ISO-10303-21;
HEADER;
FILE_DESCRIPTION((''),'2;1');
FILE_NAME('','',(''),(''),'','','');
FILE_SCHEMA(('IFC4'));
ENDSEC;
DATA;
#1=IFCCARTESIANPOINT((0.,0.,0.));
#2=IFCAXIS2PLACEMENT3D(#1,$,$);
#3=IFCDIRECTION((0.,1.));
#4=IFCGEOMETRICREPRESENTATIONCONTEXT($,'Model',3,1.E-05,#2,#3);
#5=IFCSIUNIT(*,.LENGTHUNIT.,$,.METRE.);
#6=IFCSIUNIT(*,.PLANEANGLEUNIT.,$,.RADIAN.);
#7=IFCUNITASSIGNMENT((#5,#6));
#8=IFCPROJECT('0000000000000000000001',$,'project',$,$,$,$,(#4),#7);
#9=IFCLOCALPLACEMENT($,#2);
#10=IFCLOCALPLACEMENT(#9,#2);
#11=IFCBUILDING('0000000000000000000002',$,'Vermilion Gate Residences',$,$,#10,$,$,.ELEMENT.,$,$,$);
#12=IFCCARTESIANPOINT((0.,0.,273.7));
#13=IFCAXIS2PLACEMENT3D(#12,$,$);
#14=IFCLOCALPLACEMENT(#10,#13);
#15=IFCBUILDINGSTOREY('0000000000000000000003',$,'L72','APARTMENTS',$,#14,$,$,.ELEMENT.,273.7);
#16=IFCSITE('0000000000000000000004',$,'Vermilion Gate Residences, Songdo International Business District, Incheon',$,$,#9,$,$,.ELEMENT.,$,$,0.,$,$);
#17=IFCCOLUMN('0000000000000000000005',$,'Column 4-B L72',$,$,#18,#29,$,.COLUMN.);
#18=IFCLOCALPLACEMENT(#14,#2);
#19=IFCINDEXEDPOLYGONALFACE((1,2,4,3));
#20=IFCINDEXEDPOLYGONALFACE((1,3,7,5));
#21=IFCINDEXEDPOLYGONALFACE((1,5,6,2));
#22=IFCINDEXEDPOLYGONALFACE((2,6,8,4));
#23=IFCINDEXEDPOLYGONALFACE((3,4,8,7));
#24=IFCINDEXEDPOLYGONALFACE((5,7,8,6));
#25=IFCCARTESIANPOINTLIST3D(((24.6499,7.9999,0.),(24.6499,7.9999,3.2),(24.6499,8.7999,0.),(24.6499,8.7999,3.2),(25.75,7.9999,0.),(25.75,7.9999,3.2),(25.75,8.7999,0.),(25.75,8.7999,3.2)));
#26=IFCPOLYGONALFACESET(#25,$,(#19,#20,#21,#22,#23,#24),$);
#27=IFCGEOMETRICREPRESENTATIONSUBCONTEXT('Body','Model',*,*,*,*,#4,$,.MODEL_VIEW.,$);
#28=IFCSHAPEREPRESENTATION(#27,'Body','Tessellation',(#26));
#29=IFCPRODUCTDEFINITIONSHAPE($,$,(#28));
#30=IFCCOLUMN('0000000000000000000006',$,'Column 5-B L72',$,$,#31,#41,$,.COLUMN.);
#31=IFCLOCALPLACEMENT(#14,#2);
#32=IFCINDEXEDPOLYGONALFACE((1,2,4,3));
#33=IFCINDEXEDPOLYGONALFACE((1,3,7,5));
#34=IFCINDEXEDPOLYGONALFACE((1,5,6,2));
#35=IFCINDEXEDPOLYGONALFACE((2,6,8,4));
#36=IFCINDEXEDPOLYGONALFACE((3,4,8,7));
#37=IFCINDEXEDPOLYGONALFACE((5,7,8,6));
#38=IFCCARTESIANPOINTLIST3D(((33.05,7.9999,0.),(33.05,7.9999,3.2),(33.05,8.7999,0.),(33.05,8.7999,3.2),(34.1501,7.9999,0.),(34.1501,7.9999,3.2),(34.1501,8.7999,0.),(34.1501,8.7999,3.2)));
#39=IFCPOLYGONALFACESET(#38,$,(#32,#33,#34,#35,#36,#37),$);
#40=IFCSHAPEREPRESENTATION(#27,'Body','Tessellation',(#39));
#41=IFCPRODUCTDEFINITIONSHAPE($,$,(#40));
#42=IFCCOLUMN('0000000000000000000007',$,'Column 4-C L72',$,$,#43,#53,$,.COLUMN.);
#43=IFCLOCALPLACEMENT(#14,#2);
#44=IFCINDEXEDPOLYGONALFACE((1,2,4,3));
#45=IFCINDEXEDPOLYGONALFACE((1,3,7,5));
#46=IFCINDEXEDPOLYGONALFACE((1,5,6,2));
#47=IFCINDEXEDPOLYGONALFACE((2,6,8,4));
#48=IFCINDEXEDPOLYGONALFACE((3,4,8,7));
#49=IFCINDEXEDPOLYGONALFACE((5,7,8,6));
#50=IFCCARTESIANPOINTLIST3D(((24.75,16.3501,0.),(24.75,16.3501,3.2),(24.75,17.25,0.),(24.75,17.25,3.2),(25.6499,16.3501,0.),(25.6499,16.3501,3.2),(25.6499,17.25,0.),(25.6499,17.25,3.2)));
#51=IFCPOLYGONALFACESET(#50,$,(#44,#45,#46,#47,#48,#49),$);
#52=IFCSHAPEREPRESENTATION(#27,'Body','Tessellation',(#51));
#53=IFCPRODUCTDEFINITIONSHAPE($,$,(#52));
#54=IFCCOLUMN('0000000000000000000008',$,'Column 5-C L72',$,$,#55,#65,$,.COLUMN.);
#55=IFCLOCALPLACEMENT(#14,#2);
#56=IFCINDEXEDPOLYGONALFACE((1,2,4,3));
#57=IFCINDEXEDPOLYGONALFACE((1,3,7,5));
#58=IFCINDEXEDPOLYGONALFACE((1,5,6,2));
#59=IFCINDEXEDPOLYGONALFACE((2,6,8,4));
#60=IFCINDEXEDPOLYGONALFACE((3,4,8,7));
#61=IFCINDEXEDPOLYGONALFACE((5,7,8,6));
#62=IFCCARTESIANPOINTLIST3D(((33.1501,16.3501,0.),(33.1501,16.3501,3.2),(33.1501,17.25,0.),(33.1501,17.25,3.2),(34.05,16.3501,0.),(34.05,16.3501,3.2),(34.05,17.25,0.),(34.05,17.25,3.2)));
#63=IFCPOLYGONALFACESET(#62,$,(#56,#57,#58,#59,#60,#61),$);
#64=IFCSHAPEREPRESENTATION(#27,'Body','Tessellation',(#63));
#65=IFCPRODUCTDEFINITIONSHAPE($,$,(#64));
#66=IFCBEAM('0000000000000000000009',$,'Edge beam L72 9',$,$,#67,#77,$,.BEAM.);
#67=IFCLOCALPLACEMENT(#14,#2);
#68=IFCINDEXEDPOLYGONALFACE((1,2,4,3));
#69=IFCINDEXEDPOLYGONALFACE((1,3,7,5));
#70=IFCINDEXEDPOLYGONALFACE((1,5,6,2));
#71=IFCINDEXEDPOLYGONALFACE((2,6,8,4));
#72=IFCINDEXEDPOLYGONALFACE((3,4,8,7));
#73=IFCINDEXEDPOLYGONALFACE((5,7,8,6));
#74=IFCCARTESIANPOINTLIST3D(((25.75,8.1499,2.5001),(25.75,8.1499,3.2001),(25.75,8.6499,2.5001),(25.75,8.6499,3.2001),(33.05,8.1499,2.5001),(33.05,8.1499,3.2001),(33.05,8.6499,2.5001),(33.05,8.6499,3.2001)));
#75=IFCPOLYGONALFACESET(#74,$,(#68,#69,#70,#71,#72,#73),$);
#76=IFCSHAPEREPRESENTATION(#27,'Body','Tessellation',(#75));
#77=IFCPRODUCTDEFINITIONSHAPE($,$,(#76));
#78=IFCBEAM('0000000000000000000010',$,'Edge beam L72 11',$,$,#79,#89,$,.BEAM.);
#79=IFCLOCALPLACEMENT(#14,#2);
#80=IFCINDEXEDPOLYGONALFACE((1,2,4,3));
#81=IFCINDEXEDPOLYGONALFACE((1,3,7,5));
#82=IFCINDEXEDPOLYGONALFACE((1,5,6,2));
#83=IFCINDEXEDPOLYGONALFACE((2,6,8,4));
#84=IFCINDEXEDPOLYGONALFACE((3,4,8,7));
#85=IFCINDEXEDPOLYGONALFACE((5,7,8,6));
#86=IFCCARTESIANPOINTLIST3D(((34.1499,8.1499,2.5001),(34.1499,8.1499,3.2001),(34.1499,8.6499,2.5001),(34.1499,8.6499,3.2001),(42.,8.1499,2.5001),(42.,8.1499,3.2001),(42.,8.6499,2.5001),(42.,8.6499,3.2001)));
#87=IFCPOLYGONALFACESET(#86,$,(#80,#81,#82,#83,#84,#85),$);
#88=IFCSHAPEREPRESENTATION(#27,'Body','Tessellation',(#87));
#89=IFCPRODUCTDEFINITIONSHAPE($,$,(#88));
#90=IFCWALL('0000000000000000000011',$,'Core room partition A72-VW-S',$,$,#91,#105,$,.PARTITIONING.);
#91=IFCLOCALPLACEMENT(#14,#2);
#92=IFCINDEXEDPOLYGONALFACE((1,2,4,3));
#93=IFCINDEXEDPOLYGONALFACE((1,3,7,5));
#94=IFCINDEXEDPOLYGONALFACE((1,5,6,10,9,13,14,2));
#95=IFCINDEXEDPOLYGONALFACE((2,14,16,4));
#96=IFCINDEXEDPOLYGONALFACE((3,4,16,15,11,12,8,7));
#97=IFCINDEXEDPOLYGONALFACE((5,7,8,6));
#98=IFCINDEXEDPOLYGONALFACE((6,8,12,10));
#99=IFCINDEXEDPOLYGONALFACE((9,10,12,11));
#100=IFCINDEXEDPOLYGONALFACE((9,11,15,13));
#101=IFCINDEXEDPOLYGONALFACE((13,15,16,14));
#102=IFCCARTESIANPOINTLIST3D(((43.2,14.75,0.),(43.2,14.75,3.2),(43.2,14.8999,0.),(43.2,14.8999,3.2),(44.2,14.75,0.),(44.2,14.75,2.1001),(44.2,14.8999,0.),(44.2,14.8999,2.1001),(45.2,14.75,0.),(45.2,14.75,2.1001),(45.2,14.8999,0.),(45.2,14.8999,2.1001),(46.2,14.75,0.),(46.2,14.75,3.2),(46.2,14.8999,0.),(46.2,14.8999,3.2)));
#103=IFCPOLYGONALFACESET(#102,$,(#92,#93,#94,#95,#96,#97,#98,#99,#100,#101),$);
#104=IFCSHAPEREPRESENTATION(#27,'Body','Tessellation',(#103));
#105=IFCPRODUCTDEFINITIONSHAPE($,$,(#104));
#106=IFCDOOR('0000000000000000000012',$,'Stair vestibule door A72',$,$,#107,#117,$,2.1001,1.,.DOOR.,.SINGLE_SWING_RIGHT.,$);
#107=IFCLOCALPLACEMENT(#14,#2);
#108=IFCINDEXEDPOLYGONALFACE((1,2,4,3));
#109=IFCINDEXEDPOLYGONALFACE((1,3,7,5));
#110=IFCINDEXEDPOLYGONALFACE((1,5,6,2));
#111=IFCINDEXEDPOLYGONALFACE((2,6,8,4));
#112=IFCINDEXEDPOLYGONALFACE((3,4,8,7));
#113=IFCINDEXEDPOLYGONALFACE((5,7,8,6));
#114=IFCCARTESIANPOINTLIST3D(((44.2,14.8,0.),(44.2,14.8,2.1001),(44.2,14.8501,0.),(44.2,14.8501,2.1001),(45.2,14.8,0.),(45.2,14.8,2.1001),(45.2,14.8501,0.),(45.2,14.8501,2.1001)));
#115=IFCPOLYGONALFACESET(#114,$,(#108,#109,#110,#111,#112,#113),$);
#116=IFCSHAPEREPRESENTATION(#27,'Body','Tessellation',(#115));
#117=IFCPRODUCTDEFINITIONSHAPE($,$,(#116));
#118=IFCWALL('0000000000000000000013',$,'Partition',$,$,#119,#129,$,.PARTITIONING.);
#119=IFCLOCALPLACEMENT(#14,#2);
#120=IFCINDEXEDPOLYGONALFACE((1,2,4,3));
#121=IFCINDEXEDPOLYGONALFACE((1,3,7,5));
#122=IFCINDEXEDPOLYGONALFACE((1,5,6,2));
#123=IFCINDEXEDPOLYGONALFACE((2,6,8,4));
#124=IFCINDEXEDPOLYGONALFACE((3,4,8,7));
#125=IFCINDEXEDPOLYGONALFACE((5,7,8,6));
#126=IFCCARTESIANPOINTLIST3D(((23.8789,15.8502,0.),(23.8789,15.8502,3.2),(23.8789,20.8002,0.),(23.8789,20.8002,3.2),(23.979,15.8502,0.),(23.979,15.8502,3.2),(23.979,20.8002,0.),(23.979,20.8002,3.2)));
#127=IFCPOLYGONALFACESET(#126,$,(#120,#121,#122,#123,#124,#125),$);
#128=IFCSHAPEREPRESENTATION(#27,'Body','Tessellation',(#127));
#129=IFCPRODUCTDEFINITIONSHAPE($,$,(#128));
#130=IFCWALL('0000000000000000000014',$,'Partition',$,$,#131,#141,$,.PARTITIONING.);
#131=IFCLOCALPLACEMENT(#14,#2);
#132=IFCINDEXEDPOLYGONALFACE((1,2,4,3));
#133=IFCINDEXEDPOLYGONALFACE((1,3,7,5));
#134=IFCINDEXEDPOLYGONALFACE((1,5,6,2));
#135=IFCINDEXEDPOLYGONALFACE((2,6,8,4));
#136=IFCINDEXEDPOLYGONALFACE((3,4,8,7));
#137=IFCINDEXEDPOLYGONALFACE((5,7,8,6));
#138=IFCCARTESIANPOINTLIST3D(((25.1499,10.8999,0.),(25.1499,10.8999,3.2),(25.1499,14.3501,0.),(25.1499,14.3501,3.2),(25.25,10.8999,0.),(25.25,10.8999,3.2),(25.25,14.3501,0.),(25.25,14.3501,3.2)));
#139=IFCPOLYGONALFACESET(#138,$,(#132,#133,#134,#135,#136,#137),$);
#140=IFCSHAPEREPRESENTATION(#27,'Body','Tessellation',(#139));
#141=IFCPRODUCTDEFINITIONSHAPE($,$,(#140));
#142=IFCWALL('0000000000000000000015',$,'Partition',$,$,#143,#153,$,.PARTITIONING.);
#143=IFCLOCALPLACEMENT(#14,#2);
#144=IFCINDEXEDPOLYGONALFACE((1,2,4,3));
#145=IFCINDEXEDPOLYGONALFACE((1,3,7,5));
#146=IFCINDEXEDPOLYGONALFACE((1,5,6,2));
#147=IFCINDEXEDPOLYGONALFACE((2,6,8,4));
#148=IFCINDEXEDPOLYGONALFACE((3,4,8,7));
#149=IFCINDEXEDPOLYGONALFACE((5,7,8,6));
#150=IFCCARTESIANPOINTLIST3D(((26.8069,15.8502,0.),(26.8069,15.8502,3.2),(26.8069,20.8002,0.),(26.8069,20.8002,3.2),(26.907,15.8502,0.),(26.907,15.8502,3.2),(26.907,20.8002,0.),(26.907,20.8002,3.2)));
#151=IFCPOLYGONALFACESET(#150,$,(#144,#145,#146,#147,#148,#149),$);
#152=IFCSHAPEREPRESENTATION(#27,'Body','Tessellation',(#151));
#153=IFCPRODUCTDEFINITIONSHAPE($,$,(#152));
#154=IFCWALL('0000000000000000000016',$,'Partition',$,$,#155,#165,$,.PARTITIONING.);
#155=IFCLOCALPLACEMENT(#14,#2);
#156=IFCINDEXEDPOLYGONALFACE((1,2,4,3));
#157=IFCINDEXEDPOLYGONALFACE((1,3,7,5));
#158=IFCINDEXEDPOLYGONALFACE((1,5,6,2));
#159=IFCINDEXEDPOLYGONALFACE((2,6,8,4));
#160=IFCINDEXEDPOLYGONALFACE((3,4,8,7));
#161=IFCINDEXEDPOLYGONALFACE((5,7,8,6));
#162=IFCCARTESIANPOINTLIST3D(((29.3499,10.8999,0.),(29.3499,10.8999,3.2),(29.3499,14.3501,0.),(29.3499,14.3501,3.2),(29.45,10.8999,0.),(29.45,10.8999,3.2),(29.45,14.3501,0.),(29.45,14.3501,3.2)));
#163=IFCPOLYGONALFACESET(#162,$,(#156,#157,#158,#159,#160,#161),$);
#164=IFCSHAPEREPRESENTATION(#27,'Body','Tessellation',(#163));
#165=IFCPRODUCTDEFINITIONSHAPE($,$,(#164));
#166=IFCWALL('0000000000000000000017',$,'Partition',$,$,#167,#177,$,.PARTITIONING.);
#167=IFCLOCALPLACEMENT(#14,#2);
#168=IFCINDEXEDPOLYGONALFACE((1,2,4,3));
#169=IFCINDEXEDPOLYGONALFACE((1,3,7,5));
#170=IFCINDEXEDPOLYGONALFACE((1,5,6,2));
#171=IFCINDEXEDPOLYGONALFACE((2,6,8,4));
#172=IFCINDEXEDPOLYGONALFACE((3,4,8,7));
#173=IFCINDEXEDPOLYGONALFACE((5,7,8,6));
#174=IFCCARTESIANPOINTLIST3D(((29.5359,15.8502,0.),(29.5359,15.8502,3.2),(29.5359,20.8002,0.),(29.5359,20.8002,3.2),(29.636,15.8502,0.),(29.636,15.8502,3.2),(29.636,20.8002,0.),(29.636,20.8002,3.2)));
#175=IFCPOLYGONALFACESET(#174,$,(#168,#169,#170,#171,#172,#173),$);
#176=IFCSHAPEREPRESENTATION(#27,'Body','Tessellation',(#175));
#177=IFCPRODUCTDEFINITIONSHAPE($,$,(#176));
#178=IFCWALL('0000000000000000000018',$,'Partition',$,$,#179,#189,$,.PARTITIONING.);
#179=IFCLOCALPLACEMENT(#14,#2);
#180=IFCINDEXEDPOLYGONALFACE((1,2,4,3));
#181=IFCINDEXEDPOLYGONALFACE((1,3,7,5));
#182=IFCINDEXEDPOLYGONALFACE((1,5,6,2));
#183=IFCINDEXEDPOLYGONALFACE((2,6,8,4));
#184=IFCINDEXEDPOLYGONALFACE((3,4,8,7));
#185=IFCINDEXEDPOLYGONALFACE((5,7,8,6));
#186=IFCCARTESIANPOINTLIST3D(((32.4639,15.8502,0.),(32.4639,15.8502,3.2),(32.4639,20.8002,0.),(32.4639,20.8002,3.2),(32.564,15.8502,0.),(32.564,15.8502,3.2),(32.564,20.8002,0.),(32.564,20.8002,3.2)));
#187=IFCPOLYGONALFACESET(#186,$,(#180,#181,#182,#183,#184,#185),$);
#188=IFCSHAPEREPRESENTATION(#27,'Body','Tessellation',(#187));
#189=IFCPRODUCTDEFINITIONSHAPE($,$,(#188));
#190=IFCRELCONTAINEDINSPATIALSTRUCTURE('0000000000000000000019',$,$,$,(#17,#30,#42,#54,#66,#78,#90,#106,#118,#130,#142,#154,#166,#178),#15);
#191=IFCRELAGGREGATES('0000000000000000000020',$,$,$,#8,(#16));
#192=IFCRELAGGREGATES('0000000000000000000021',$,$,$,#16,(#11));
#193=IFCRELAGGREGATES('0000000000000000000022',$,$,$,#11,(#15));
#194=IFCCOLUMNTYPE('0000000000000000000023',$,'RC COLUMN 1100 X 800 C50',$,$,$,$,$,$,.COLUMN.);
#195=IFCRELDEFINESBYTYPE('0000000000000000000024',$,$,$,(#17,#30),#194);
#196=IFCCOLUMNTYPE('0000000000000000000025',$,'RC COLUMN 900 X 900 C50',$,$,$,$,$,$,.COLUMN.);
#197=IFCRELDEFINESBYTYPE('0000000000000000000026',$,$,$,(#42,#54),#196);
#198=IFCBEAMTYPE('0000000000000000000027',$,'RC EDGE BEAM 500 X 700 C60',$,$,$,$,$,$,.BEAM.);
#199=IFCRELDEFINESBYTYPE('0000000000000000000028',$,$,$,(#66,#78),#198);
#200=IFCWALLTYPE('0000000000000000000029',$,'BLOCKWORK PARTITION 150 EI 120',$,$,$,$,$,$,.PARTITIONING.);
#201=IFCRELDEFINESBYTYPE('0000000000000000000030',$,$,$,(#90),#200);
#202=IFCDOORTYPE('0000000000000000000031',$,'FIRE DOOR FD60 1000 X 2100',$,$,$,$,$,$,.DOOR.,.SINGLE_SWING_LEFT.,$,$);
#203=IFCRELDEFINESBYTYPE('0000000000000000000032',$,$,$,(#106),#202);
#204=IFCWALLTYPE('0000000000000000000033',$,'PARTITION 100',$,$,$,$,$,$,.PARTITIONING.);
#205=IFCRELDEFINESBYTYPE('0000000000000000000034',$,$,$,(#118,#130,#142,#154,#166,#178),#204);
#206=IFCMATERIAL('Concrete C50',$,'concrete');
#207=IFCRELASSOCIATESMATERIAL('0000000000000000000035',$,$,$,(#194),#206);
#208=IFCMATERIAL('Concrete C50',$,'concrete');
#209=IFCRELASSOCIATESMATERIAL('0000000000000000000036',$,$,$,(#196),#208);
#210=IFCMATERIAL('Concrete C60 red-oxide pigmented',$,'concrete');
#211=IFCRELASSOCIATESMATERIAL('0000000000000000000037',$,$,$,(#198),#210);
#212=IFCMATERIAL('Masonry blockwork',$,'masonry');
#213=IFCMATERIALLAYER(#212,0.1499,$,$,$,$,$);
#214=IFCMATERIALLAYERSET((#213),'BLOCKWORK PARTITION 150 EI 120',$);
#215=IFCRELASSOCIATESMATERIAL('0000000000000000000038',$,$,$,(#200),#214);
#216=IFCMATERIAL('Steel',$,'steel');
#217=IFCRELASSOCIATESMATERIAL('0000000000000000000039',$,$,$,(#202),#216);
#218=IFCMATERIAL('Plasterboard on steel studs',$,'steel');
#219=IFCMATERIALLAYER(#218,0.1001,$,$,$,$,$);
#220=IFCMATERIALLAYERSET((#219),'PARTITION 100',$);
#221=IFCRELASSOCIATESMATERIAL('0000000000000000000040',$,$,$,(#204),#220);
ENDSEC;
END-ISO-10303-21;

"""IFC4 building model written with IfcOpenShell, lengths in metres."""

from ifc_helpers import new_model, si_unit, direction, frame, frame_2d, origin, origin_2d, place, context, subcontext, project, spatial, rectangle, extrude, material, layer, layer_set, material_profile, profile_set, type_object, element, fill, save


model = new_model("IFC4")

# Units and contexts
model_context = context("Model", 3, precision=1e-05, world=origin(), true_north=direction((0.0, 1.0)))
body_context = subcontext(model_context, "Body", "Model", "MODEL_VIEW")
ifc_project = project(units=[si_unit("LENGTHUNIT", "METRE"), si_unit("PLANEANGLEUNIT", "RADIAN")], contexts=[model_context])

# Site, building, storey
site_placement = place(None, origin())
site = spatial("IfcSite", under=ifc_project, at=site_placement, Name="Vermilion Gate Residences, Songdo International Business District, Incheon", CompositionType="ELEMENT", RefElevation=0.0)
building_placement = place(site_placement, origin())
building = spatial("IfcBuilding", under=site, at=building_placement, Name="Vermilion Gate Residences", CompositionType="ELEMENT")
storey_placement = place(building_placement, frame((0.0, 0.0, 273.7)))
storey = spatial("IfcBuildingStorey", under=building, at=storey_placement, Name="L72", Description="APARTMENTS", CompositionType="ELEMENT", Elevation=273.7)

# Columns
ifc_material_1 = material(Name="Concrete C50", Category="concrete")
ifc_material_profile_1 = material_profile(ifc_material_1, rectangle(XDim=1.1001, YDim=0.8, at=origin_2d()), Name="RC-1100x800")
ifc_profile_set_1 = profile_set([ifc_material_profile_1], Name="Concrete C50")
column_type_1 = type_object("IfcColumnType", Name="RC COLUMN 1100 X 800 C50", PredefinedType="COLUMN", material=ifc_profile_set_1)
for number, where, z_axis, x_axis, name in (
    (1, (25.2, 8.3999, 0.0), (0.0, 0.0, 1.0), (1.0, 0.0, 0.0), "Column 4-B L72"),
    (2, (33.6001, 8.3999, 0.0), (0.0, 0.0, 1.0), (1.0, 0.0, 0.0), "Column 5-B L72"),
):
    element("IfcColumn", number, at=place(storey_placement, frame(where, z_axis=z_axis, x_axis=x_axis)), inside=storey, type_object=column_type_1, Name=name, PredefinedType="COLUMN", context=body_context, shape_type="SweptSolid", body=[
        extrude(rectangle(XDim=1.1001, YDim=0.8, at=origin_2d()), origin(), (0.0, 0.0, 1.0), 3.2),
    ])
ifc_material_2 = material(Name="Concrete C50", Category="concrete")
ifc_material_profile_2 = material_profile(ifc_material_2, rectangle(XDim=0.8999, YDim=0.8999, at=origin_2d()), Name="RC-900x900")
ifc_profile_set_2 = profile_set([ifc_material_profile_2], Name="Concrete C50")
column_type_2 = type_object("IfcColumnType", Name="RC COLUMN 900 X 900 C50", PredefinedType="COLUMN", material=ifc_profile_set_2)
for number, where, z_axis, x_axis, name in (
    (3, (25.2, 16.8, 0.0), (0.0, 0.0, 1.0), (1.0, 0.0, 0.0), "Column 4-C L72"),
    (4, (33.6001, 16.8, 0.0), (0.0, 0.0, 1.0), (1.0, 0.0, 0.0), "Column 5-C L72"),
):
    element("IfcColumn", number, at=place(storey_placement, frame(where, z_axis=z_axis, x_axis=x_axis)), inside=storey, type_object=column_type_2, Name=name, PredefinedType="COLUMN", context=body_context, shape_type="SweptSolid", body=[
        extrude(rectangle(XDim=0.8999, YDim=0.8999, at=origin_2d()), origin(), (0.0, 0.0, 1.0), 3.2),
    ])

# Beams
ifc_material_3 = material(Name="Concrete C60 red-oxide pigmented", Category="concrete")
ifc_material_profile_3 = material_profile(ifc_material_3, rectangle(XDim=0.5, YDim=0.7, at=origin_2d()), Name="RC-500x700")
ifc_profile_set_3 = profile_set([ifc_material_profile_3], Name="Concrete C60 red-oxide pigmented")
beam_type = type_object("IfcBeamType", Name="RC EDGE BEAM 500 X 700 C60", PredefinedType="BEAM", material=ifc_profile_set_3)
beam_1_placement = place(storey_placement, frame((25.75, 8.3999, 2.8501), z_axis=(1.0, 0.0, 0.0), x_axis=(0.0, 1.0, 0.0)))
element("IfcBeam", 5, at=beam_1_placement, inside=storey, type_object=beam_type, Name="Edge beam L72 9", PredefinedType="BEAM", context=body_context, shape_type="SweptSolid", body=[
    extrude(rectangle(XDim=0.5, YDim=0.7, at=origin_2d()), origin(), (0.0, 0.0, 1.0), 7.3),
])
beam_2_placement = place(storey_placement, frame((34.1499, 8.3999, 2.8501), z_axis=(1.0, 0.0, 0.0), x_axis=(0.0, 1.0, 0.0)))
element("IfcBeam", 6, at=beam_2_placement, inside=storey, type_object=beam_type, Name="Edge beam L72 11", PredefinedType="BEAM", context=body_context, shape_type="SweptSolid", body=[
    extrude(rectangle(XDim=0.5, YDim=0.7, at=origin_2d()), origin(), (0.0, 0.0, 1.0), 7.8501),
])

# Wall, opening, door
ifc_material_4 = material(Name="Masonry blockwork", Category="masonry")
ifc_layer_1 = layer(ifc_material_4, 0.1499)
ifc_layer_set_1 = layer_set([ifc_layer_1], Name="BLOCKWORK PARTITION 150 EI 120")
wall_type_1 = type_object("IfcWallType", Name="BLOCKWORK PARTITION 150 EI 120", PredefinedType="PARTITIONING", material=ifc_layer_set_1)
wall_1_placement = place(storey_placement, frame((43.2, 14.825, 0.0), z_axis=(0.0, 0.0, 1.0), x_axis=(1.0, 0.0, 0.0)))
wall_1 = element("IfcWall", 7, at=wall_1_placement, inside=storey, type_object=wall_type_1, Name="Core room partition A72-VW-S", PredefinedType="PARTITIONING", context=body_context, shape_type="SweptSolid", body=[
    extrude(rectangle(XDim=3.0, YDim=0.1499, at=frame_2d((1.5, 0.0))), origin(), (0.0, 0.0, 1.0), 3.2),
])
opening_1_placement = place(wall_1_placement, frame((1.0, 0.0, 0.0)))
opening_1 = element("IfcOpeningElement", 8, at=opening_1_placement, cuts=wall_1, PredefinedType="OPENING", context=body_context, shape_type="SweptSolid", body=[
    extrude(rectangle(XDim=1.0, YDim=2.1001, at=frame_2d((0.5, 1.05))), frame((0.0, 0.085, 0.0), z_axis=(0.0, -1.0, 0.0), x_axis=(1.0, 0.0, 0.0)), (0.0, 0.0, 1.0), 0.1699),
])
ifc_material_5 = material(Name="Steel", Category="steel")
door_type_1 = type_object("IfcDoorType", Name="FIRE DOOR FD60 1000 X 2100", OperationType="SINGLE_SWING_LEFT", PredefinedType="DOOR", material=ifc_material_5)
door_1_placement = place(opening_1_placement, frame((1.0, 0.0, 0.0), z_axis=(0.0, 0.0, 1.0), x_axis=(-1.0, 0.0, 0.0)))
door_1 = element("IfcDoor", 9, at=door_1_placement, inside=storey, type_object=door_type_1, Name="Stair vestibule door A72", OperationType="SINGLE_SWING_RIGHT", OverallHeight=2.1001, OverallWidth=1.0, PredefinedType="DOOR", context=body_context, shape_type="SweptSolid", body=[
    extrude(rectangle(XDim=1.0, YDim=2.1001, at=frame_2d((0.5, 1.05))), frame((0.0, 0.0249, 0.0), z_axis=(0.0, -1.0, 0.0), x_axis=(1.0, 0.0, 0.0)), (0.0, 0.0, 1.0), 0.05),
])
fill(opening_1, door_1)

# Walls
ifc_material_6 = material(Name="Plasterboard on steel studs", Category="steel")
ifc_layer_2 = layer(ifc_material_6, 0.1001)
ifc_layer_set_2 = layer_set([ifc_layer_2], Name="PARTITION 100")
wall_type_2 = type_object("IfcWallType", Name="PARTITION 100", PredefinedType="PARTITIONING", material=ifc_layer_set_2)
wall_2_placement = place(storey_placement, frame((23.929, 15.8501, 0.0), z_axis=(0.0, 0.0, 1.0), x_axis=(0.0, 1.0, 0.0)))
element("IfcWall", 10, at=wall_2_placement, inside=storey, type_object=wall_type_2, Name="Partition", PredefinedType="PARTITIONING", context=body_context, shape_type="SweptSolid", body=[
    extrude(rectangle(XDim=4.95, YDim=0.1001, at=frame_2d((2.4751, 0.0))), origin(), (0.0, 0.0, 1.0), 3.2),
])
wall_3_placement = place(storey_placement, frame((25.2, 10.8999, 0.0), z_axis=(0.0, 0.0, 1.0), x_axis=(0.0, 1.0, 0.0)))
element("IfcWall", 11, at=wall_3_placement, inside=storey, type_object=wall_type_2, Name="Partition", PredefinedType="PARTITIONING", context=body_context, shape_type="SweptSolid", body=[
    extrude(rectangle(XDim=3.4502, YDim=0.1001, at=frame_2d((1.7251, 0.0))), origin(), (0.0, 0.0, 1.0), 3.2),
])
wall_4_placement = place(storey_placement, frame((26.8569, 15.8501, 0.0), z_axis=(0.0, 0.0, 1.0), x_axis=(0.0, 1.0, 0.0)))
element("IfcWall", 12, at=wall_4_placement, inside=storey, type_object=wall_type_2, Name="Partition", PredefinedType="PARTITIONING", context=body_context, shape_type="SweptSolid", body=[
    extrude(rectangle(XDim=4.95, YDim=0.1001, at=frame_2d((2.4751, 0.0))), origin(), (0.0, 0.0, 1.0), 3.2),
])
wall_5_placement = place(storey_placement, frame((29.3999, 10.8999, 0.0), z_axis=(0.0, 0.0, 1.0), x_axis=(0.0, 1.0, 0.0)))
element("IfcWall", 13, at=wall_5_placement, inside=storey, type_object=wall_type_2, Name="Partition", PredefinedType="PARTITIONING", context=body_context, shape_type="SweptSolid", body=[
    extrude(rectangle(XDim=3.4502, YDim=0.1001, at=frame_2d((1.7251, 0.0))), origin(), (0.0, 0.0, 1.0), 3.2),
])
for number, where, z_axis, x_axis, name in (
    (14, (29.5859, 15.8501, 0.0), (0.0, 0.0, 1.0), (0.0, 1.0, 0.0), "Partition"),
    (15, (32.5139, 15.8501, 0.0), (0.0, 0.0, 1.0), (0.0, 1.0, 0.0), "Partition"),
):
    element("IfcWall", number, at=place(storey_placement, frame(where, z_axis=z_axis, x_axis=x_axis)), inside=storey, type_object=wall_type_2, Name=name, PredefinedType="PARTITIONING", context=body_context, shape_type="SweptSolid", body=[
        extrude(rectangle(XDim=4.95, YDim=0.1001, at=frame_2d((2.4751, 0.0))), origin(), (0.0, 0.0, 1.0), 3.2),
    ])

save(model, "model.ifc")
